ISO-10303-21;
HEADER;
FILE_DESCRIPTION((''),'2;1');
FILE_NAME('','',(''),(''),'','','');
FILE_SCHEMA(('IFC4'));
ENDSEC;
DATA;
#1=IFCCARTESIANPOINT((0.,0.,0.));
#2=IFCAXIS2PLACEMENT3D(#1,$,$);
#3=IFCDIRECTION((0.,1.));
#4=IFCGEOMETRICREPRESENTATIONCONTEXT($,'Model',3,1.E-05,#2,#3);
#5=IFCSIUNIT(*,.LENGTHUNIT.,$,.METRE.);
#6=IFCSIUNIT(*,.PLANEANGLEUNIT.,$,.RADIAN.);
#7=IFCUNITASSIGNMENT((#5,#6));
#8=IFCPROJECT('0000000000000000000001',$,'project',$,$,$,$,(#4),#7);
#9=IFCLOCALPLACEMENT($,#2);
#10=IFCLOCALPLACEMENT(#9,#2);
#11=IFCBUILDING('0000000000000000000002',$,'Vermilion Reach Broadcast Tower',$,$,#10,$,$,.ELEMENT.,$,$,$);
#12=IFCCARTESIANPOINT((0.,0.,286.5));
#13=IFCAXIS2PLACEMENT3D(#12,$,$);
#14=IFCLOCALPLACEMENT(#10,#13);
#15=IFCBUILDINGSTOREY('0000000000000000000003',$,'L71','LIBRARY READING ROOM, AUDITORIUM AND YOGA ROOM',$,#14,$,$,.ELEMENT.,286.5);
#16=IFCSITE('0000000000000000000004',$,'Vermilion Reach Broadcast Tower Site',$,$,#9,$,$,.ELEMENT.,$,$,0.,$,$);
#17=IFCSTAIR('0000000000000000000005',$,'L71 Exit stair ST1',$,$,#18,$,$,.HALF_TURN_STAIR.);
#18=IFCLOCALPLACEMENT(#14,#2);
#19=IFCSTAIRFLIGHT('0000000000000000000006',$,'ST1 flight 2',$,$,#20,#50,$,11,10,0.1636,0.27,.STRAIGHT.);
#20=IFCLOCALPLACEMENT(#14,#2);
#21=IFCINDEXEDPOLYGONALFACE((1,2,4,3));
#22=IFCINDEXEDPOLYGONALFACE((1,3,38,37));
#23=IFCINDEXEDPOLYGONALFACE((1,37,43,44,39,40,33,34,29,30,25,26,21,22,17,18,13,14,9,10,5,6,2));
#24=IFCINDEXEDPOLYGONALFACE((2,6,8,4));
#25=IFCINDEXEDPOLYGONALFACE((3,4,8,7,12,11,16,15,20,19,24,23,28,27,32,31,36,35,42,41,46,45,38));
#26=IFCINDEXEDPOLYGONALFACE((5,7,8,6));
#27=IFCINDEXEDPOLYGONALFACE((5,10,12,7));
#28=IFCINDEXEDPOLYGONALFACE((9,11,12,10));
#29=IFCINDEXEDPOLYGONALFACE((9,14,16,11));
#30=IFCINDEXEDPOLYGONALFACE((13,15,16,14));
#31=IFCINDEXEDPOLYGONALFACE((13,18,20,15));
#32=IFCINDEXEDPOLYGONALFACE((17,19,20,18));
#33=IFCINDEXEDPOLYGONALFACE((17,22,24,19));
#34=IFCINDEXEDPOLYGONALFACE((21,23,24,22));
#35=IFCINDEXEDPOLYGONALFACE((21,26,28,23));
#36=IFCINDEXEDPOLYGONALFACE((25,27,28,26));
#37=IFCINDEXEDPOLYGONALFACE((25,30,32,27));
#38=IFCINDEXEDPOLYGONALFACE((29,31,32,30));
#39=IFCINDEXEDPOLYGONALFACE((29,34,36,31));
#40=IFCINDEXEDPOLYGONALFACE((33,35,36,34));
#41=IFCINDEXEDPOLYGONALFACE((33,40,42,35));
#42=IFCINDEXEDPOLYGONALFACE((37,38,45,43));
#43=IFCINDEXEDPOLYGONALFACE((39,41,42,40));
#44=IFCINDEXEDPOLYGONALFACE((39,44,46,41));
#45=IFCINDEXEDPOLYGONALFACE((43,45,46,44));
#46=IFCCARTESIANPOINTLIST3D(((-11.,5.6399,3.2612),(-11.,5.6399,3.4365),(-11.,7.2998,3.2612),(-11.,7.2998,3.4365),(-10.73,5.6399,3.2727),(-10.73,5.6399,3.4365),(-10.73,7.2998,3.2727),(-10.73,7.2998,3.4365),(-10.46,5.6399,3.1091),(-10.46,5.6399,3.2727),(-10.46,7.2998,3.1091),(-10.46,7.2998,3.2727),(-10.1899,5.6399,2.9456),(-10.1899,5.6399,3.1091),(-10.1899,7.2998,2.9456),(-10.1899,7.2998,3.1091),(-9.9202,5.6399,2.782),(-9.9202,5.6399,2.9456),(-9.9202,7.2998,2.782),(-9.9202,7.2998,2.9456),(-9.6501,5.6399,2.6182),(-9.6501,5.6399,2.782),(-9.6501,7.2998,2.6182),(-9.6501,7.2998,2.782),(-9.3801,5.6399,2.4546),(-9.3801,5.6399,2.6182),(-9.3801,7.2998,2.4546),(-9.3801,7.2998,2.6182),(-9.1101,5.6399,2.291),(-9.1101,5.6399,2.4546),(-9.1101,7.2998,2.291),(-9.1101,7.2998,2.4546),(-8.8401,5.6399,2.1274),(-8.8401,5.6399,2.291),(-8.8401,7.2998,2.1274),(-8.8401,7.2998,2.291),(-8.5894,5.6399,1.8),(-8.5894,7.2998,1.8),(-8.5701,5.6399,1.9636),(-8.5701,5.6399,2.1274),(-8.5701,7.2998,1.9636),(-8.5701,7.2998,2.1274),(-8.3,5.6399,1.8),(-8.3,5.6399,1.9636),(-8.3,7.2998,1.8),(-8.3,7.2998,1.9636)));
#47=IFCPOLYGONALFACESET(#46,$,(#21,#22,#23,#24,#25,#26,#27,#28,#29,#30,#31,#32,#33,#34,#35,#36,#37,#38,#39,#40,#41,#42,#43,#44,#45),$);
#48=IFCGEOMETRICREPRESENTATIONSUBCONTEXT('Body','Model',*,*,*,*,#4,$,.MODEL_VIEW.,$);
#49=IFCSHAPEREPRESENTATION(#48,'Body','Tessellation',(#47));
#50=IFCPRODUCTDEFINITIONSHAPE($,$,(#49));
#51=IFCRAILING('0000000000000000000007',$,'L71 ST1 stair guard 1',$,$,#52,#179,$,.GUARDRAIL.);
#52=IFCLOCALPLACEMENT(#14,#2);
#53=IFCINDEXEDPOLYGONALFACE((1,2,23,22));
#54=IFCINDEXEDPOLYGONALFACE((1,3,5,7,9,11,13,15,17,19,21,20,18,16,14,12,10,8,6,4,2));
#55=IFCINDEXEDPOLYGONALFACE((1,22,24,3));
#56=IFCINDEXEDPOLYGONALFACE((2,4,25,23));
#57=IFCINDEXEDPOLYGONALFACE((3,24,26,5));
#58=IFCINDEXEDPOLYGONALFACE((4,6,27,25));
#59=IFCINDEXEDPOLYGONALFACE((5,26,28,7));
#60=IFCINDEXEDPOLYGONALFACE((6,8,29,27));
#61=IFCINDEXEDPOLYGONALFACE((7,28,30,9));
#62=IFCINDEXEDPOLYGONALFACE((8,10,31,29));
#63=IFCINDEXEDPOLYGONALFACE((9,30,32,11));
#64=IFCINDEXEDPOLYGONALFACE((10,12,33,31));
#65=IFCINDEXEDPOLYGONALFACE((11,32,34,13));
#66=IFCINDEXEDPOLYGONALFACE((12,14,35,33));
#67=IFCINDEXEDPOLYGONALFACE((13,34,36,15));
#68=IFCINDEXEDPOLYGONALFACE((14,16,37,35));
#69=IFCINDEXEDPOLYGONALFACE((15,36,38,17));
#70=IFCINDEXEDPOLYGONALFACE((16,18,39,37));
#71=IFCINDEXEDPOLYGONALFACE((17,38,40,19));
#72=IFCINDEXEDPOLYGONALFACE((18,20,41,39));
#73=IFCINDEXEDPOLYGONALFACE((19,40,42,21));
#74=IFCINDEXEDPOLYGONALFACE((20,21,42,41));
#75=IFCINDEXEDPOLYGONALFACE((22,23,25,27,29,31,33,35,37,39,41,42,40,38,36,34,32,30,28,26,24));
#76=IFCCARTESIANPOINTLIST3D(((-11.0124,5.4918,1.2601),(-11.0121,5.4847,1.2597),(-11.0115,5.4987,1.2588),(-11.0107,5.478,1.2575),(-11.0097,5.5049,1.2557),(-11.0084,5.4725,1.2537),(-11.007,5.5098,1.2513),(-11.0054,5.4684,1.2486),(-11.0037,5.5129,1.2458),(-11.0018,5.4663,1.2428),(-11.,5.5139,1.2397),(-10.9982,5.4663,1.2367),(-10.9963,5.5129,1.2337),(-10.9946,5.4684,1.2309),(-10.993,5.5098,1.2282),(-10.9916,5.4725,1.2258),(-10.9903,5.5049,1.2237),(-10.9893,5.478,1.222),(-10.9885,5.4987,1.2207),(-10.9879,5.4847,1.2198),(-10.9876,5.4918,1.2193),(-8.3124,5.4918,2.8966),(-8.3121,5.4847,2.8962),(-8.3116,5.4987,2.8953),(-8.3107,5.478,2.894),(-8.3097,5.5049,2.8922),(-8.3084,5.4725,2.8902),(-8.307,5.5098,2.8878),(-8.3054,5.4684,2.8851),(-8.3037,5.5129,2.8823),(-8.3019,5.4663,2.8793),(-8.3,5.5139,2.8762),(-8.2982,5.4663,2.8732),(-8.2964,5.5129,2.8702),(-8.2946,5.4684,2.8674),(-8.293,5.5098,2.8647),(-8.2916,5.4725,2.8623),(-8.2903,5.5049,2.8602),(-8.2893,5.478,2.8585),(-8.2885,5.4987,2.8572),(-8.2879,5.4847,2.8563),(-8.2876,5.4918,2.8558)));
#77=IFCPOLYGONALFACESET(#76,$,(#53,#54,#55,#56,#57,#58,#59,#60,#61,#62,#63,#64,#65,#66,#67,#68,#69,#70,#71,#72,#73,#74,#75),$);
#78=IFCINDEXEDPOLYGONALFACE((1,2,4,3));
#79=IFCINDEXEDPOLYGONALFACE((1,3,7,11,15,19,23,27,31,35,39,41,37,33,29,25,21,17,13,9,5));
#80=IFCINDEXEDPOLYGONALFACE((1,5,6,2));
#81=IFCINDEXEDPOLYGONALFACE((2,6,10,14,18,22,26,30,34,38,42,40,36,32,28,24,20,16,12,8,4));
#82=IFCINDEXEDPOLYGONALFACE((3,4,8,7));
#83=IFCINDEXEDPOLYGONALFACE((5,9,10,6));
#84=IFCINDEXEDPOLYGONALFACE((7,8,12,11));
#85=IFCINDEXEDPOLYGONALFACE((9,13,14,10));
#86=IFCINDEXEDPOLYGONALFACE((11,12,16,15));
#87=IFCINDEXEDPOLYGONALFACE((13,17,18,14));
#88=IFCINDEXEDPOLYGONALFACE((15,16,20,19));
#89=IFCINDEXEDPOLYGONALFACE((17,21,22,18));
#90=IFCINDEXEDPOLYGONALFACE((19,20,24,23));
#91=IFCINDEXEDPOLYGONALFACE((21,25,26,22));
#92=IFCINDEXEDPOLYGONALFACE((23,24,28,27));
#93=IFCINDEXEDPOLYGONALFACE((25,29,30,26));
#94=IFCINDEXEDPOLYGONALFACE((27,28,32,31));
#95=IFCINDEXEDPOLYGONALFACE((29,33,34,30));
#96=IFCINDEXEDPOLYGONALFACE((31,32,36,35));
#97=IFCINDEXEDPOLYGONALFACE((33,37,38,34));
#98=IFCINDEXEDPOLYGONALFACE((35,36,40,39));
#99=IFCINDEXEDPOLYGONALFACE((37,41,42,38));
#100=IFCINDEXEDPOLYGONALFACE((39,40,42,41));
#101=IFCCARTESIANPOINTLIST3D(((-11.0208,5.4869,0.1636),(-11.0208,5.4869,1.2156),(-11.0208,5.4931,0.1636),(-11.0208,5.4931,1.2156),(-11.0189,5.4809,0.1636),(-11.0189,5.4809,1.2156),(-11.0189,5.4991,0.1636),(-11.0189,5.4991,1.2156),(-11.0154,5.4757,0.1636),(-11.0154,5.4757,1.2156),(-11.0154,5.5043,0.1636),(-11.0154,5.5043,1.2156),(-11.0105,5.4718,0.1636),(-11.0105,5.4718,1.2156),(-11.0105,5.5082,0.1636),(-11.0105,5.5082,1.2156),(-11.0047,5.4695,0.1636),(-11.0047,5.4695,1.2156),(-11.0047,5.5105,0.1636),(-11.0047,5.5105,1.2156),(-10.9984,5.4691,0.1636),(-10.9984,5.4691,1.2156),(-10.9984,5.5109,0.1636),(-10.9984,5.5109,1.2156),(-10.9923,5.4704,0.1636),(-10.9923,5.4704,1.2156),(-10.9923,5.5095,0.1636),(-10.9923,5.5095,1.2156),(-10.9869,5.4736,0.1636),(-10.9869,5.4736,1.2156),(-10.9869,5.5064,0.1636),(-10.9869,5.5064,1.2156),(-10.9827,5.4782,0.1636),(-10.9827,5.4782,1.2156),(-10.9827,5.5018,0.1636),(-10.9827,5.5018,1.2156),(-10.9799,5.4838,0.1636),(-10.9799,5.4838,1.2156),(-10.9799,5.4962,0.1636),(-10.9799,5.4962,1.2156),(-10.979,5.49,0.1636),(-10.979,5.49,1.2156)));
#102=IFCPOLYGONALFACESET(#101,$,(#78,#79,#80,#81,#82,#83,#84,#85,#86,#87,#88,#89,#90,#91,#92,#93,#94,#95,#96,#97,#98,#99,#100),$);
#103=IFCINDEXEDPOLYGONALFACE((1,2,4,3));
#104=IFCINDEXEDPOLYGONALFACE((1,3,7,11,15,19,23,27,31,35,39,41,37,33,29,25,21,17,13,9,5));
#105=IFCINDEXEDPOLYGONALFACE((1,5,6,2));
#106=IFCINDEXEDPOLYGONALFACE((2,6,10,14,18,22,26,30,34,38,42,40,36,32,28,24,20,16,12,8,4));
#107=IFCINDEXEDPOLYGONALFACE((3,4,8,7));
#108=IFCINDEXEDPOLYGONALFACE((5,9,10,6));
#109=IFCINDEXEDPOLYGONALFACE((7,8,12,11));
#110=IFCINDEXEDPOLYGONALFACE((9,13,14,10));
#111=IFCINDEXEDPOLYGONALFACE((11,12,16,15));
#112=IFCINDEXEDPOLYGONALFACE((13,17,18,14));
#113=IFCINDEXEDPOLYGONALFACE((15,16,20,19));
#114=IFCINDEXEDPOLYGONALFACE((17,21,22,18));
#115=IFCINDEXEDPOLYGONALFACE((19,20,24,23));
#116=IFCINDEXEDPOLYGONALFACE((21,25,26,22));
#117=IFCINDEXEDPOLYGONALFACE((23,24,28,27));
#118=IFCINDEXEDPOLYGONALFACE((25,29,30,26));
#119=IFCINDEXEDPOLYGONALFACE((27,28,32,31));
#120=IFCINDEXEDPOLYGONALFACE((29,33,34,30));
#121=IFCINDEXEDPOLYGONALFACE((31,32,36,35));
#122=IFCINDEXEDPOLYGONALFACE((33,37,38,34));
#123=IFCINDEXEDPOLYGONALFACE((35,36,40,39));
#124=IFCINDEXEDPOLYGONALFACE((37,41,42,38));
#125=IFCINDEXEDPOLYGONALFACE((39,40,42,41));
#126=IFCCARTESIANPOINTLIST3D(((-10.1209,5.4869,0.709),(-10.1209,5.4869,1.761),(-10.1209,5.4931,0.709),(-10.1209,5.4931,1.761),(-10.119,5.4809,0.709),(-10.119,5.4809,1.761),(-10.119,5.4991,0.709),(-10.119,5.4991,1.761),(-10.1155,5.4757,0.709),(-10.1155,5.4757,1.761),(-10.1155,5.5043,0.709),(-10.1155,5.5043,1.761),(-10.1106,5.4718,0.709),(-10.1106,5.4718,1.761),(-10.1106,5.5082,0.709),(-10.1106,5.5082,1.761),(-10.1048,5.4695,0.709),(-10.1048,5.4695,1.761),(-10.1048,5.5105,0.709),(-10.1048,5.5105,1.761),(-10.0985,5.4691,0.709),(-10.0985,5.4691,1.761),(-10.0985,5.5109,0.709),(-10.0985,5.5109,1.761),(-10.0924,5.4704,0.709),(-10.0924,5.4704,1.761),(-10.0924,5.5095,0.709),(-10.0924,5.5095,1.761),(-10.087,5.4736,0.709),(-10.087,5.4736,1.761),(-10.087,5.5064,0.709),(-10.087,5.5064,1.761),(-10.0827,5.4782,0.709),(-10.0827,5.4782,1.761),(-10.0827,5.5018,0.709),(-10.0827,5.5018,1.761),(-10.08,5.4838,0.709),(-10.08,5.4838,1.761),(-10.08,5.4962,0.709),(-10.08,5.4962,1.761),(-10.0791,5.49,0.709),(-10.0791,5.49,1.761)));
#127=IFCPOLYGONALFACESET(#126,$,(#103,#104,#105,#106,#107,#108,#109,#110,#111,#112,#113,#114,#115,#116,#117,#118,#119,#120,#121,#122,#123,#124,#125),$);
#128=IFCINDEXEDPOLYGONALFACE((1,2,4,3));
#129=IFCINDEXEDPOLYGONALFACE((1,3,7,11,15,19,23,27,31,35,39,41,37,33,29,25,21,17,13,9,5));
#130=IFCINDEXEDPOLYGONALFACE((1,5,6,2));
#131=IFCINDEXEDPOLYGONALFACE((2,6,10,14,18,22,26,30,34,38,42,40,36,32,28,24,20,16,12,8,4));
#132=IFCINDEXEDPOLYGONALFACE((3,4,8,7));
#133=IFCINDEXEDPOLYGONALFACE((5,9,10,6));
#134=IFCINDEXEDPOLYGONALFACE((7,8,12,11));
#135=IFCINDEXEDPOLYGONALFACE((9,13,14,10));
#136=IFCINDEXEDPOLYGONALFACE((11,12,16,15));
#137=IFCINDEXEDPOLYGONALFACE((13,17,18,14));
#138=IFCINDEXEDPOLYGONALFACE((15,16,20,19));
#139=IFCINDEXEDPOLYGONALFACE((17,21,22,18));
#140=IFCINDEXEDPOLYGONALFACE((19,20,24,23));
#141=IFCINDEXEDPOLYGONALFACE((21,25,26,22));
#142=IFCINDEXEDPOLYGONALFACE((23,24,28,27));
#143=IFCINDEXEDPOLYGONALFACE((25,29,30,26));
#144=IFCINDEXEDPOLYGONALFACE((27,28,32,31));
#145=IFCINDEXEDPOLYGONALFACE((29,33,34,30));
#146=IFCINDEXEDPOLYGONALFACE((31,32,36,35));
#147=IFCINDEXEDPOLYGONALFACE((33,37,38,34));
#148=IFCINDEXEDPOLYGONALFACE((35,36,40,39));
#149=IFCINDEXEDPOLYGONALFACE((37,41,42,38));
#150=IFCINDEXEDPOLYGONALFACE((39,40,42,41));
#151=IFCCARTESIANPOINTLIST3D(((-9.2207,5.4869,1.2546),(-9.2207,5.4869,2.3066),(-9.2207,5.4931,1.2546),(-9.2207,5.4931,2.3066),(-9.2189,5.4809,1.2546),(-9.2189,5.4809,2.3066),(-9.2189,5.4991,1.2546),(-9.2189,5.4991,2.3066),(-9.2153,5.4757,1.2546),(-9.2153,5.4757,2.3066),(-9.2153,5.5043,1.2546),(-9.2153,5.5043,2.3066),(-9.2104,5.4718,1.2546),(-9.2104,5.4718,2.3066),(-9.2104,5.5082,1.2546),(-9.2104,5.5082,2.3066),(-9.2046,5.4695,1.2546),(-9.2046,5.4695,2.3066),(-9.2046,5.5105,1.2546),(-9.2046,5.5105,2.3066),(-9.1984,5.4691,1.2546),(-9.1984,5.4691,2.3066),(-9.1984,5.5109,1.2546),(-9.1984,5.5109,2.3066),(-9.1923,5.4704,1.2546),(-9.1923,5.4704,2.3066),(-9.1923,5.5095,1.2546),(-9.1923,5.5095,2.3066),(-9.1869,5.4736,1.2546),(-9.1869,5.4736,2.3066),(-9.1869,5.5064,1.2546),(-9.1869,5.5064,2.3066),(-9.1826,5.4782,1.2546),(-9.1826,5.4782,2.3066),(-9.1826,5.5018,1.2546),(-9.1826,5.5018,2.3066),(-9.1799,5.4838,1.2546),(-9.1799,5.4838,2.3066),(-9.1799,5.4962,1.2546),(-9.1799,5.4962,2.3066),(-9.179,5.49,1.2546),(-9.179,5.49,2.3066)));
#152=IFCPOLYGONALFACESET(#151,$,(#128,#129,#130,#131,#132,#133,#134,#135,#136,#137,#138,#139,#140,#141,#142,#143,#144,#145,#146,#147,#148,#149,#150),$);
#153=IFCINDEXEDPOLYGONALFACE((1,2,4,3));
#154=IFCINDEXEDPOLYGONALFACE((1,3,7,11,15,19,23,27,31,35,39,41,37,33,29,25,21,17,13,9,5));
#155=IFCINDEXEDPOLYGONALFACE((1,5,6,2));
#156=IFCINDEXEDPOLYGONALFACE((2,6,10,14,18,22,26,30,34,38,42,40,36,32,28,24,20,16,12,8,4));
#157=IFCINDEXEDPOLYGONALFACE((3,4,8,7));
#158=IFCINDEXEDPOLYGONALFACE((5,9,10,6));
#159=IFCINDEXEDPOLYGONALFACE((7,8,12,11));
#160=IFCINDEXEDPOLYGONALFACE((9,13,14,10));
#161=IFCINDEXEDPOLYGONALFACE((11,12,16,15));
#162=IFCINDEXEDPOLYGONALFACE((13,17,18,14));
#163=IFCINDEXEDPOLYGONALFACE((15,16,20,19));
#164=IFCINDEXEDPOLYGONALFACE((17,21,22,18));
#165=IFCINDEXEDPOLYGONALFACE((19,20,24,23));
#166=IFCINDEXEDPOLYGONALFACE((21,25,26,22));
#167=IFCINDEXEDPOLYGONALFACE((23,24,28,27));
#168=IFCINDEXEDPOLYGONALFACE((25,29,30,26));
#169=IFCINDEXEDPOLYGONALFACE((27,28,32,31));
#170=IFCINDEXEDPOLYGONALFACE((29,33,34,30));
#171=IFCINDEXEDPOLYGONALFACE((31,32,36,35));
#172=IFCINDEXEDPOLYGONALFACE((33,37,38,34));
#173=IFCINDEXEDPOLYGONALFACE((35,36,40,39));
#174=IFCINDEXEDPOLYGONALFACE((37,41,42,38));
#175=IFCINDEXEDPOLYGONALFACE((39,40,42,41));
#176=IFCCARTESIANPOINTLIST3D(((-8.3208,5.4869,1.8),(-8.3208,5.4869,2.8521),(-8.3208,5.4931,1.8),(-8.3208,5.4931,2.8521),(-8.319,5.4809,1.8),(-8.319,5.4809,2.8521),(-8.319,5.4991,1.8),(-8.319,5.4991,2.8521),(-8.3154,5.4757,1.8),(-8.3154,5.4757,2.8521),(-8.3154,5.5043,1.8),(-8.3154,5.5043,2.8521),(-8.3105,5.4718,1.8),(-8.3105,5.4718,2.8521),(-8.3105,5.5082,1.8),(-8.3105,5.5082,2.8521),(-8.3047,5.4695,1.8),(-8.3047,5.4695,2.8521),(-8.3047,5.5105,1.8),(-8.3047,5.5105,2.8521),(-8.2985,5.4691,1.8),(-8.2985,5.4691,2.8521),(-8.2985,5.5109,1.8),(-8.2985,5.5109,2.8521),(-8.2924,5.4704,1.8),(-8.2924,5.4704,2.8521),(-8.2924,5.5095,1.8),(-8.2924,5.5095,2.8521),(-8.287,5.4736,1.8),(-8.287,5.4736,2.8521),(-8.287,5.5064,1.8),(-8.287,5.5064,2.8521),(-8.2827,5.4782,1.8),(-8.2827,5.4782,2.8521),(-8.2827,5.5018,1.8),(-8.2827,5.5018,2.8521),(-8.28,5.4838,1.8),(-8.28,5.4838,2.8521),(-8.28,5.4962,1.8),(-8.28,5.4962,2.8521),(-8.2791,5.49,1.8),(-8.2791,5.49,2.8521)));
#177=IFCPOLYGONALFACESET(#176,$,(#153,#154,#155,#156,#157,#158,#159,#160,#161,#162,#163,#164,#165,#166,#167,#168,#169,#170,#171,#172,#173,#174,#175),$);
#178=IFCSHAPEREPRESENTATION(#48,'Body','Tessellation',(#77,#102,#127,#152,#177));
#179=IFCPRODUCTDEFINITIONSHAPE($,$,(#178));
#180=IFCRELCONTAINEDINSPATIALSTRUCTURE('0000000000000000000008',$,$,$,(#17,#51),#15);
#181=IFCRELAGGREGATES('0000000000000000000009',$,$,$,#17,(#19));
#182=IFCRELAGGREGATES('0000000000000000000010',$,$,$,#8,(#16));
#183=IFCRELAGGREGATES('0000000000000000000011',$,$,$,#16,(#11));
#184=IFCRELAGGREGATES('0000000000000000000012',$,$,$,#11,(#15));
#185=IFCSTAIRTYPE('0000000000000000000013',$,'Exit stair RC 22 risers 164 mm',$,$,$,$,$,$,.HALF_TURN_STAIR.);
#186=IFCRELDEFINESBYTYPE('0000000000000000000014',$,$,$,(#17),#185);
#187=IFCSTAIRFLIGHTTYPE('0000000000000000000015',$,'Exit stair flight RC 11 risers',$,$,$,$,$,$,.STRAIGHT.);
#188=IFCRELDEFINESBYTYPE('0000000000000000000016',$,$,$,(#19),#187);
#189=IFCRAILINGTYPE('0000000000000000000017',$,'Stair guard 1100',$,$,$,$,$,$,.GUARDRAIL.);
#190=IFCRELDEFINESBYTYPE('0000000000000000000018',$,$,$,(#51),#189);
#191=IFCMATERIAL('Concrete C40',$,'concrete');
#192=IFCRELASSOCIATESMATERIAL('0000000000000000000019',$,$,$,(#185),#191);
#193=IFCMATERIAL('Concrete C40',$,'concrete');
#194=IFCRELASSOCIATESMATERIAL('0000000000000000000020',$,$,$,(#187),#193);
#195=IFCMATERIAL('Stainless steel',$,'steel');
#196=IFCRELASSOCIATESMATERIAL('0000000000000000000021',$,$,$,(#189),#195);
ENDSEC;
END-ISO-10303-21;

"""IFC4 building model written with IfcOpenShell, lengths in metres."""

from ifc_helpers import new_model, si_unit, direction, frame, origin, origin_2d, place, context, subcontext, project, spatial, polyline, circle, outline, extrude, material, type_object, element, aggregate, save


model = new_model("IFC4")

# Units and contexts
model_context = context("Model", 3, precision=1e-05, world=origin(), true_north=direction((0.0, 1.0)))
body_context = subcontext(model_context, "Body", "Model", "MODEL_VIEW")
ifc_project = project(units=[si_unit("LENGTHUNIT", "METRE"), si_unit("PLANEANGLEUNIT", "RADIAN")], contexts=[model_context])

# Site, building, storey
site_placement = place(None, origin())
site = spatial("IfcSite", under=ifc_project, at=site_placement, Name="Vermilion Reach Broadcast Tower Site", CompositionType="ELEMENT", RefElevation=0.0)
building_placement = place(site_placement, origin())
building = spatial("IfcBuilding", under=site, at=building_placement, Name="Vermilion Reach Broadcast Tower", CompositionType="ELEMENT")
storey_placement = place(building_placement, frame((0.0, 0.0, 286.5)))
storey = spatial("IfcBuildingStorey", under=building, at=storey_placement, Name="L71", Description="LIBRARY READING ROOM, AUDITORIUM AND YOGA ROOM", CompositionType="ELEMENT", Elevation=286.5)

# Stair, stair flight
ifc_material_1 = material(Name="Concrete C40", Category="concrete")
stair_type = type_object("IfcStairType", Name="Exit stair RC 22 risers 164 mm", PredefinedType="HALF_TURN_STAIR", material=ifc_material_1)
stair_placement = place(storey_placement, origin())
stair = element("IfcStair", 1, at=stair_placement, inside=storey, type_object=stair_type, Name="L71 Exit stair ST1", PredefinedType="HALF_TURN_STAIR")
ifc_material_2 = material(Name="Concrete C40", Category="concrete")
stair_flight_type = type_object("IfcStairFlightType", Name="Exit stair flight RC 11 risers", PredefinedType="STRAIGHT", material=ifc_material_2)
stair_flight_1_placement = place(storey_placement, frame((-8.3, 6.47, 1.8), z_axis=(0.0, 0.0, 1.0), x_axis=(-1.0, 0.0, 0.0)))
stair_flight_1 = element("IfcStairFlight", 2, at=stair_flight_1_placement, type_object=stair_flight_type, Name="ST1 flight 2", NumberOfRisers=11, NumberOfTreads=10, PredefinedType="STRAIGHT", RiserHeight=0.1636, TreadLength=0.27, context=body_context, shape_type="SweptSolid", body=[
    extrude(outline(polyline([(0.0, 0.0), (0.0, 0.1636), (0.27, 0.1636), (0.27, 0.3274), (0.54, 0.3274), (0.54, 0.491), (0.8101, 0.491), (0.8101, 0.6545), (1.0801, 0.6545), (1.0801, 0.8181), (1.3501, 0.8181), (1.3501, 0.9819), (1.6201, 0.9819), (1.6201, 1.1455), (1.8899, 1.1455), (1.8899, 1.3091), (2.1599, 1.3091), (2.1599, 1.4727), (2.4299, 1.4727), (2.4299, 1.6365), (2.7, 1.6365), (2.7, 1.8), (2.7, 1.4612), (0.2893, 0.0), (0.0, 0.0)])), frame((0.0, 0.8301, 0.0), z_axis=(0.0, -1.0, 0.0), x_axis=(1.0, 0.0, 0.0)), (0.0, 0.0, 1.0), 1.6599),
])
aggregate(stair, [stair_flight_1])

# Railing
ifc_material_3 = material(Name="Stainless steel", Category="steel")
railing_type_1 = type_object("IfcRailingType", Name="Stair guard 1100", PredefinedType="GUARDRAIL", material=ifc_material_3)
railing_1_placement = place(storey_placement, frame((-11.0, 5.49, 0.1636)))
element("IfcRailing", 3, at=railing_1_placement, inside=storey, type_object=railing_type_1, Name="L71 ST1 stair guard 1", PredefinedType="GUARDRAIL", context=body_context, shape_type="SweptSolid", body=[
    extrude(circle(Radius=0.0239, at=origin_2d()), frame((0.0, 0.0, 1.0762), z_axis=(0.855178, 0.0, 0.518334), x_axis=(0.0, 1.0, 0.0)), (0.0, 0.0, 1.0), 3.1572),
    extrude(circle(Radius=0.021, at=origin_2d()), origin(), (0.0, 0.0, 1.0), 1.052),
    extrude(circle(Radius=0.021, at=origin_2d()), frame((0.8999, 0.0, 0.5454)), (0.0, 0.0, 1.0), 1.052),
    extrude(circle(Radius=0.021, at=origin_2d()), frame((1.8, 0.0, 1.0911)), (0.0, 0.0, 1.0), 1.052),
    extrude(circle(Radius=0.021, at=origin_2d()), frame((2.7, 0.0, 1.6365)), (0.0, 0.0, 1.0), 1.052),
])

save(model, "model.ifc")
